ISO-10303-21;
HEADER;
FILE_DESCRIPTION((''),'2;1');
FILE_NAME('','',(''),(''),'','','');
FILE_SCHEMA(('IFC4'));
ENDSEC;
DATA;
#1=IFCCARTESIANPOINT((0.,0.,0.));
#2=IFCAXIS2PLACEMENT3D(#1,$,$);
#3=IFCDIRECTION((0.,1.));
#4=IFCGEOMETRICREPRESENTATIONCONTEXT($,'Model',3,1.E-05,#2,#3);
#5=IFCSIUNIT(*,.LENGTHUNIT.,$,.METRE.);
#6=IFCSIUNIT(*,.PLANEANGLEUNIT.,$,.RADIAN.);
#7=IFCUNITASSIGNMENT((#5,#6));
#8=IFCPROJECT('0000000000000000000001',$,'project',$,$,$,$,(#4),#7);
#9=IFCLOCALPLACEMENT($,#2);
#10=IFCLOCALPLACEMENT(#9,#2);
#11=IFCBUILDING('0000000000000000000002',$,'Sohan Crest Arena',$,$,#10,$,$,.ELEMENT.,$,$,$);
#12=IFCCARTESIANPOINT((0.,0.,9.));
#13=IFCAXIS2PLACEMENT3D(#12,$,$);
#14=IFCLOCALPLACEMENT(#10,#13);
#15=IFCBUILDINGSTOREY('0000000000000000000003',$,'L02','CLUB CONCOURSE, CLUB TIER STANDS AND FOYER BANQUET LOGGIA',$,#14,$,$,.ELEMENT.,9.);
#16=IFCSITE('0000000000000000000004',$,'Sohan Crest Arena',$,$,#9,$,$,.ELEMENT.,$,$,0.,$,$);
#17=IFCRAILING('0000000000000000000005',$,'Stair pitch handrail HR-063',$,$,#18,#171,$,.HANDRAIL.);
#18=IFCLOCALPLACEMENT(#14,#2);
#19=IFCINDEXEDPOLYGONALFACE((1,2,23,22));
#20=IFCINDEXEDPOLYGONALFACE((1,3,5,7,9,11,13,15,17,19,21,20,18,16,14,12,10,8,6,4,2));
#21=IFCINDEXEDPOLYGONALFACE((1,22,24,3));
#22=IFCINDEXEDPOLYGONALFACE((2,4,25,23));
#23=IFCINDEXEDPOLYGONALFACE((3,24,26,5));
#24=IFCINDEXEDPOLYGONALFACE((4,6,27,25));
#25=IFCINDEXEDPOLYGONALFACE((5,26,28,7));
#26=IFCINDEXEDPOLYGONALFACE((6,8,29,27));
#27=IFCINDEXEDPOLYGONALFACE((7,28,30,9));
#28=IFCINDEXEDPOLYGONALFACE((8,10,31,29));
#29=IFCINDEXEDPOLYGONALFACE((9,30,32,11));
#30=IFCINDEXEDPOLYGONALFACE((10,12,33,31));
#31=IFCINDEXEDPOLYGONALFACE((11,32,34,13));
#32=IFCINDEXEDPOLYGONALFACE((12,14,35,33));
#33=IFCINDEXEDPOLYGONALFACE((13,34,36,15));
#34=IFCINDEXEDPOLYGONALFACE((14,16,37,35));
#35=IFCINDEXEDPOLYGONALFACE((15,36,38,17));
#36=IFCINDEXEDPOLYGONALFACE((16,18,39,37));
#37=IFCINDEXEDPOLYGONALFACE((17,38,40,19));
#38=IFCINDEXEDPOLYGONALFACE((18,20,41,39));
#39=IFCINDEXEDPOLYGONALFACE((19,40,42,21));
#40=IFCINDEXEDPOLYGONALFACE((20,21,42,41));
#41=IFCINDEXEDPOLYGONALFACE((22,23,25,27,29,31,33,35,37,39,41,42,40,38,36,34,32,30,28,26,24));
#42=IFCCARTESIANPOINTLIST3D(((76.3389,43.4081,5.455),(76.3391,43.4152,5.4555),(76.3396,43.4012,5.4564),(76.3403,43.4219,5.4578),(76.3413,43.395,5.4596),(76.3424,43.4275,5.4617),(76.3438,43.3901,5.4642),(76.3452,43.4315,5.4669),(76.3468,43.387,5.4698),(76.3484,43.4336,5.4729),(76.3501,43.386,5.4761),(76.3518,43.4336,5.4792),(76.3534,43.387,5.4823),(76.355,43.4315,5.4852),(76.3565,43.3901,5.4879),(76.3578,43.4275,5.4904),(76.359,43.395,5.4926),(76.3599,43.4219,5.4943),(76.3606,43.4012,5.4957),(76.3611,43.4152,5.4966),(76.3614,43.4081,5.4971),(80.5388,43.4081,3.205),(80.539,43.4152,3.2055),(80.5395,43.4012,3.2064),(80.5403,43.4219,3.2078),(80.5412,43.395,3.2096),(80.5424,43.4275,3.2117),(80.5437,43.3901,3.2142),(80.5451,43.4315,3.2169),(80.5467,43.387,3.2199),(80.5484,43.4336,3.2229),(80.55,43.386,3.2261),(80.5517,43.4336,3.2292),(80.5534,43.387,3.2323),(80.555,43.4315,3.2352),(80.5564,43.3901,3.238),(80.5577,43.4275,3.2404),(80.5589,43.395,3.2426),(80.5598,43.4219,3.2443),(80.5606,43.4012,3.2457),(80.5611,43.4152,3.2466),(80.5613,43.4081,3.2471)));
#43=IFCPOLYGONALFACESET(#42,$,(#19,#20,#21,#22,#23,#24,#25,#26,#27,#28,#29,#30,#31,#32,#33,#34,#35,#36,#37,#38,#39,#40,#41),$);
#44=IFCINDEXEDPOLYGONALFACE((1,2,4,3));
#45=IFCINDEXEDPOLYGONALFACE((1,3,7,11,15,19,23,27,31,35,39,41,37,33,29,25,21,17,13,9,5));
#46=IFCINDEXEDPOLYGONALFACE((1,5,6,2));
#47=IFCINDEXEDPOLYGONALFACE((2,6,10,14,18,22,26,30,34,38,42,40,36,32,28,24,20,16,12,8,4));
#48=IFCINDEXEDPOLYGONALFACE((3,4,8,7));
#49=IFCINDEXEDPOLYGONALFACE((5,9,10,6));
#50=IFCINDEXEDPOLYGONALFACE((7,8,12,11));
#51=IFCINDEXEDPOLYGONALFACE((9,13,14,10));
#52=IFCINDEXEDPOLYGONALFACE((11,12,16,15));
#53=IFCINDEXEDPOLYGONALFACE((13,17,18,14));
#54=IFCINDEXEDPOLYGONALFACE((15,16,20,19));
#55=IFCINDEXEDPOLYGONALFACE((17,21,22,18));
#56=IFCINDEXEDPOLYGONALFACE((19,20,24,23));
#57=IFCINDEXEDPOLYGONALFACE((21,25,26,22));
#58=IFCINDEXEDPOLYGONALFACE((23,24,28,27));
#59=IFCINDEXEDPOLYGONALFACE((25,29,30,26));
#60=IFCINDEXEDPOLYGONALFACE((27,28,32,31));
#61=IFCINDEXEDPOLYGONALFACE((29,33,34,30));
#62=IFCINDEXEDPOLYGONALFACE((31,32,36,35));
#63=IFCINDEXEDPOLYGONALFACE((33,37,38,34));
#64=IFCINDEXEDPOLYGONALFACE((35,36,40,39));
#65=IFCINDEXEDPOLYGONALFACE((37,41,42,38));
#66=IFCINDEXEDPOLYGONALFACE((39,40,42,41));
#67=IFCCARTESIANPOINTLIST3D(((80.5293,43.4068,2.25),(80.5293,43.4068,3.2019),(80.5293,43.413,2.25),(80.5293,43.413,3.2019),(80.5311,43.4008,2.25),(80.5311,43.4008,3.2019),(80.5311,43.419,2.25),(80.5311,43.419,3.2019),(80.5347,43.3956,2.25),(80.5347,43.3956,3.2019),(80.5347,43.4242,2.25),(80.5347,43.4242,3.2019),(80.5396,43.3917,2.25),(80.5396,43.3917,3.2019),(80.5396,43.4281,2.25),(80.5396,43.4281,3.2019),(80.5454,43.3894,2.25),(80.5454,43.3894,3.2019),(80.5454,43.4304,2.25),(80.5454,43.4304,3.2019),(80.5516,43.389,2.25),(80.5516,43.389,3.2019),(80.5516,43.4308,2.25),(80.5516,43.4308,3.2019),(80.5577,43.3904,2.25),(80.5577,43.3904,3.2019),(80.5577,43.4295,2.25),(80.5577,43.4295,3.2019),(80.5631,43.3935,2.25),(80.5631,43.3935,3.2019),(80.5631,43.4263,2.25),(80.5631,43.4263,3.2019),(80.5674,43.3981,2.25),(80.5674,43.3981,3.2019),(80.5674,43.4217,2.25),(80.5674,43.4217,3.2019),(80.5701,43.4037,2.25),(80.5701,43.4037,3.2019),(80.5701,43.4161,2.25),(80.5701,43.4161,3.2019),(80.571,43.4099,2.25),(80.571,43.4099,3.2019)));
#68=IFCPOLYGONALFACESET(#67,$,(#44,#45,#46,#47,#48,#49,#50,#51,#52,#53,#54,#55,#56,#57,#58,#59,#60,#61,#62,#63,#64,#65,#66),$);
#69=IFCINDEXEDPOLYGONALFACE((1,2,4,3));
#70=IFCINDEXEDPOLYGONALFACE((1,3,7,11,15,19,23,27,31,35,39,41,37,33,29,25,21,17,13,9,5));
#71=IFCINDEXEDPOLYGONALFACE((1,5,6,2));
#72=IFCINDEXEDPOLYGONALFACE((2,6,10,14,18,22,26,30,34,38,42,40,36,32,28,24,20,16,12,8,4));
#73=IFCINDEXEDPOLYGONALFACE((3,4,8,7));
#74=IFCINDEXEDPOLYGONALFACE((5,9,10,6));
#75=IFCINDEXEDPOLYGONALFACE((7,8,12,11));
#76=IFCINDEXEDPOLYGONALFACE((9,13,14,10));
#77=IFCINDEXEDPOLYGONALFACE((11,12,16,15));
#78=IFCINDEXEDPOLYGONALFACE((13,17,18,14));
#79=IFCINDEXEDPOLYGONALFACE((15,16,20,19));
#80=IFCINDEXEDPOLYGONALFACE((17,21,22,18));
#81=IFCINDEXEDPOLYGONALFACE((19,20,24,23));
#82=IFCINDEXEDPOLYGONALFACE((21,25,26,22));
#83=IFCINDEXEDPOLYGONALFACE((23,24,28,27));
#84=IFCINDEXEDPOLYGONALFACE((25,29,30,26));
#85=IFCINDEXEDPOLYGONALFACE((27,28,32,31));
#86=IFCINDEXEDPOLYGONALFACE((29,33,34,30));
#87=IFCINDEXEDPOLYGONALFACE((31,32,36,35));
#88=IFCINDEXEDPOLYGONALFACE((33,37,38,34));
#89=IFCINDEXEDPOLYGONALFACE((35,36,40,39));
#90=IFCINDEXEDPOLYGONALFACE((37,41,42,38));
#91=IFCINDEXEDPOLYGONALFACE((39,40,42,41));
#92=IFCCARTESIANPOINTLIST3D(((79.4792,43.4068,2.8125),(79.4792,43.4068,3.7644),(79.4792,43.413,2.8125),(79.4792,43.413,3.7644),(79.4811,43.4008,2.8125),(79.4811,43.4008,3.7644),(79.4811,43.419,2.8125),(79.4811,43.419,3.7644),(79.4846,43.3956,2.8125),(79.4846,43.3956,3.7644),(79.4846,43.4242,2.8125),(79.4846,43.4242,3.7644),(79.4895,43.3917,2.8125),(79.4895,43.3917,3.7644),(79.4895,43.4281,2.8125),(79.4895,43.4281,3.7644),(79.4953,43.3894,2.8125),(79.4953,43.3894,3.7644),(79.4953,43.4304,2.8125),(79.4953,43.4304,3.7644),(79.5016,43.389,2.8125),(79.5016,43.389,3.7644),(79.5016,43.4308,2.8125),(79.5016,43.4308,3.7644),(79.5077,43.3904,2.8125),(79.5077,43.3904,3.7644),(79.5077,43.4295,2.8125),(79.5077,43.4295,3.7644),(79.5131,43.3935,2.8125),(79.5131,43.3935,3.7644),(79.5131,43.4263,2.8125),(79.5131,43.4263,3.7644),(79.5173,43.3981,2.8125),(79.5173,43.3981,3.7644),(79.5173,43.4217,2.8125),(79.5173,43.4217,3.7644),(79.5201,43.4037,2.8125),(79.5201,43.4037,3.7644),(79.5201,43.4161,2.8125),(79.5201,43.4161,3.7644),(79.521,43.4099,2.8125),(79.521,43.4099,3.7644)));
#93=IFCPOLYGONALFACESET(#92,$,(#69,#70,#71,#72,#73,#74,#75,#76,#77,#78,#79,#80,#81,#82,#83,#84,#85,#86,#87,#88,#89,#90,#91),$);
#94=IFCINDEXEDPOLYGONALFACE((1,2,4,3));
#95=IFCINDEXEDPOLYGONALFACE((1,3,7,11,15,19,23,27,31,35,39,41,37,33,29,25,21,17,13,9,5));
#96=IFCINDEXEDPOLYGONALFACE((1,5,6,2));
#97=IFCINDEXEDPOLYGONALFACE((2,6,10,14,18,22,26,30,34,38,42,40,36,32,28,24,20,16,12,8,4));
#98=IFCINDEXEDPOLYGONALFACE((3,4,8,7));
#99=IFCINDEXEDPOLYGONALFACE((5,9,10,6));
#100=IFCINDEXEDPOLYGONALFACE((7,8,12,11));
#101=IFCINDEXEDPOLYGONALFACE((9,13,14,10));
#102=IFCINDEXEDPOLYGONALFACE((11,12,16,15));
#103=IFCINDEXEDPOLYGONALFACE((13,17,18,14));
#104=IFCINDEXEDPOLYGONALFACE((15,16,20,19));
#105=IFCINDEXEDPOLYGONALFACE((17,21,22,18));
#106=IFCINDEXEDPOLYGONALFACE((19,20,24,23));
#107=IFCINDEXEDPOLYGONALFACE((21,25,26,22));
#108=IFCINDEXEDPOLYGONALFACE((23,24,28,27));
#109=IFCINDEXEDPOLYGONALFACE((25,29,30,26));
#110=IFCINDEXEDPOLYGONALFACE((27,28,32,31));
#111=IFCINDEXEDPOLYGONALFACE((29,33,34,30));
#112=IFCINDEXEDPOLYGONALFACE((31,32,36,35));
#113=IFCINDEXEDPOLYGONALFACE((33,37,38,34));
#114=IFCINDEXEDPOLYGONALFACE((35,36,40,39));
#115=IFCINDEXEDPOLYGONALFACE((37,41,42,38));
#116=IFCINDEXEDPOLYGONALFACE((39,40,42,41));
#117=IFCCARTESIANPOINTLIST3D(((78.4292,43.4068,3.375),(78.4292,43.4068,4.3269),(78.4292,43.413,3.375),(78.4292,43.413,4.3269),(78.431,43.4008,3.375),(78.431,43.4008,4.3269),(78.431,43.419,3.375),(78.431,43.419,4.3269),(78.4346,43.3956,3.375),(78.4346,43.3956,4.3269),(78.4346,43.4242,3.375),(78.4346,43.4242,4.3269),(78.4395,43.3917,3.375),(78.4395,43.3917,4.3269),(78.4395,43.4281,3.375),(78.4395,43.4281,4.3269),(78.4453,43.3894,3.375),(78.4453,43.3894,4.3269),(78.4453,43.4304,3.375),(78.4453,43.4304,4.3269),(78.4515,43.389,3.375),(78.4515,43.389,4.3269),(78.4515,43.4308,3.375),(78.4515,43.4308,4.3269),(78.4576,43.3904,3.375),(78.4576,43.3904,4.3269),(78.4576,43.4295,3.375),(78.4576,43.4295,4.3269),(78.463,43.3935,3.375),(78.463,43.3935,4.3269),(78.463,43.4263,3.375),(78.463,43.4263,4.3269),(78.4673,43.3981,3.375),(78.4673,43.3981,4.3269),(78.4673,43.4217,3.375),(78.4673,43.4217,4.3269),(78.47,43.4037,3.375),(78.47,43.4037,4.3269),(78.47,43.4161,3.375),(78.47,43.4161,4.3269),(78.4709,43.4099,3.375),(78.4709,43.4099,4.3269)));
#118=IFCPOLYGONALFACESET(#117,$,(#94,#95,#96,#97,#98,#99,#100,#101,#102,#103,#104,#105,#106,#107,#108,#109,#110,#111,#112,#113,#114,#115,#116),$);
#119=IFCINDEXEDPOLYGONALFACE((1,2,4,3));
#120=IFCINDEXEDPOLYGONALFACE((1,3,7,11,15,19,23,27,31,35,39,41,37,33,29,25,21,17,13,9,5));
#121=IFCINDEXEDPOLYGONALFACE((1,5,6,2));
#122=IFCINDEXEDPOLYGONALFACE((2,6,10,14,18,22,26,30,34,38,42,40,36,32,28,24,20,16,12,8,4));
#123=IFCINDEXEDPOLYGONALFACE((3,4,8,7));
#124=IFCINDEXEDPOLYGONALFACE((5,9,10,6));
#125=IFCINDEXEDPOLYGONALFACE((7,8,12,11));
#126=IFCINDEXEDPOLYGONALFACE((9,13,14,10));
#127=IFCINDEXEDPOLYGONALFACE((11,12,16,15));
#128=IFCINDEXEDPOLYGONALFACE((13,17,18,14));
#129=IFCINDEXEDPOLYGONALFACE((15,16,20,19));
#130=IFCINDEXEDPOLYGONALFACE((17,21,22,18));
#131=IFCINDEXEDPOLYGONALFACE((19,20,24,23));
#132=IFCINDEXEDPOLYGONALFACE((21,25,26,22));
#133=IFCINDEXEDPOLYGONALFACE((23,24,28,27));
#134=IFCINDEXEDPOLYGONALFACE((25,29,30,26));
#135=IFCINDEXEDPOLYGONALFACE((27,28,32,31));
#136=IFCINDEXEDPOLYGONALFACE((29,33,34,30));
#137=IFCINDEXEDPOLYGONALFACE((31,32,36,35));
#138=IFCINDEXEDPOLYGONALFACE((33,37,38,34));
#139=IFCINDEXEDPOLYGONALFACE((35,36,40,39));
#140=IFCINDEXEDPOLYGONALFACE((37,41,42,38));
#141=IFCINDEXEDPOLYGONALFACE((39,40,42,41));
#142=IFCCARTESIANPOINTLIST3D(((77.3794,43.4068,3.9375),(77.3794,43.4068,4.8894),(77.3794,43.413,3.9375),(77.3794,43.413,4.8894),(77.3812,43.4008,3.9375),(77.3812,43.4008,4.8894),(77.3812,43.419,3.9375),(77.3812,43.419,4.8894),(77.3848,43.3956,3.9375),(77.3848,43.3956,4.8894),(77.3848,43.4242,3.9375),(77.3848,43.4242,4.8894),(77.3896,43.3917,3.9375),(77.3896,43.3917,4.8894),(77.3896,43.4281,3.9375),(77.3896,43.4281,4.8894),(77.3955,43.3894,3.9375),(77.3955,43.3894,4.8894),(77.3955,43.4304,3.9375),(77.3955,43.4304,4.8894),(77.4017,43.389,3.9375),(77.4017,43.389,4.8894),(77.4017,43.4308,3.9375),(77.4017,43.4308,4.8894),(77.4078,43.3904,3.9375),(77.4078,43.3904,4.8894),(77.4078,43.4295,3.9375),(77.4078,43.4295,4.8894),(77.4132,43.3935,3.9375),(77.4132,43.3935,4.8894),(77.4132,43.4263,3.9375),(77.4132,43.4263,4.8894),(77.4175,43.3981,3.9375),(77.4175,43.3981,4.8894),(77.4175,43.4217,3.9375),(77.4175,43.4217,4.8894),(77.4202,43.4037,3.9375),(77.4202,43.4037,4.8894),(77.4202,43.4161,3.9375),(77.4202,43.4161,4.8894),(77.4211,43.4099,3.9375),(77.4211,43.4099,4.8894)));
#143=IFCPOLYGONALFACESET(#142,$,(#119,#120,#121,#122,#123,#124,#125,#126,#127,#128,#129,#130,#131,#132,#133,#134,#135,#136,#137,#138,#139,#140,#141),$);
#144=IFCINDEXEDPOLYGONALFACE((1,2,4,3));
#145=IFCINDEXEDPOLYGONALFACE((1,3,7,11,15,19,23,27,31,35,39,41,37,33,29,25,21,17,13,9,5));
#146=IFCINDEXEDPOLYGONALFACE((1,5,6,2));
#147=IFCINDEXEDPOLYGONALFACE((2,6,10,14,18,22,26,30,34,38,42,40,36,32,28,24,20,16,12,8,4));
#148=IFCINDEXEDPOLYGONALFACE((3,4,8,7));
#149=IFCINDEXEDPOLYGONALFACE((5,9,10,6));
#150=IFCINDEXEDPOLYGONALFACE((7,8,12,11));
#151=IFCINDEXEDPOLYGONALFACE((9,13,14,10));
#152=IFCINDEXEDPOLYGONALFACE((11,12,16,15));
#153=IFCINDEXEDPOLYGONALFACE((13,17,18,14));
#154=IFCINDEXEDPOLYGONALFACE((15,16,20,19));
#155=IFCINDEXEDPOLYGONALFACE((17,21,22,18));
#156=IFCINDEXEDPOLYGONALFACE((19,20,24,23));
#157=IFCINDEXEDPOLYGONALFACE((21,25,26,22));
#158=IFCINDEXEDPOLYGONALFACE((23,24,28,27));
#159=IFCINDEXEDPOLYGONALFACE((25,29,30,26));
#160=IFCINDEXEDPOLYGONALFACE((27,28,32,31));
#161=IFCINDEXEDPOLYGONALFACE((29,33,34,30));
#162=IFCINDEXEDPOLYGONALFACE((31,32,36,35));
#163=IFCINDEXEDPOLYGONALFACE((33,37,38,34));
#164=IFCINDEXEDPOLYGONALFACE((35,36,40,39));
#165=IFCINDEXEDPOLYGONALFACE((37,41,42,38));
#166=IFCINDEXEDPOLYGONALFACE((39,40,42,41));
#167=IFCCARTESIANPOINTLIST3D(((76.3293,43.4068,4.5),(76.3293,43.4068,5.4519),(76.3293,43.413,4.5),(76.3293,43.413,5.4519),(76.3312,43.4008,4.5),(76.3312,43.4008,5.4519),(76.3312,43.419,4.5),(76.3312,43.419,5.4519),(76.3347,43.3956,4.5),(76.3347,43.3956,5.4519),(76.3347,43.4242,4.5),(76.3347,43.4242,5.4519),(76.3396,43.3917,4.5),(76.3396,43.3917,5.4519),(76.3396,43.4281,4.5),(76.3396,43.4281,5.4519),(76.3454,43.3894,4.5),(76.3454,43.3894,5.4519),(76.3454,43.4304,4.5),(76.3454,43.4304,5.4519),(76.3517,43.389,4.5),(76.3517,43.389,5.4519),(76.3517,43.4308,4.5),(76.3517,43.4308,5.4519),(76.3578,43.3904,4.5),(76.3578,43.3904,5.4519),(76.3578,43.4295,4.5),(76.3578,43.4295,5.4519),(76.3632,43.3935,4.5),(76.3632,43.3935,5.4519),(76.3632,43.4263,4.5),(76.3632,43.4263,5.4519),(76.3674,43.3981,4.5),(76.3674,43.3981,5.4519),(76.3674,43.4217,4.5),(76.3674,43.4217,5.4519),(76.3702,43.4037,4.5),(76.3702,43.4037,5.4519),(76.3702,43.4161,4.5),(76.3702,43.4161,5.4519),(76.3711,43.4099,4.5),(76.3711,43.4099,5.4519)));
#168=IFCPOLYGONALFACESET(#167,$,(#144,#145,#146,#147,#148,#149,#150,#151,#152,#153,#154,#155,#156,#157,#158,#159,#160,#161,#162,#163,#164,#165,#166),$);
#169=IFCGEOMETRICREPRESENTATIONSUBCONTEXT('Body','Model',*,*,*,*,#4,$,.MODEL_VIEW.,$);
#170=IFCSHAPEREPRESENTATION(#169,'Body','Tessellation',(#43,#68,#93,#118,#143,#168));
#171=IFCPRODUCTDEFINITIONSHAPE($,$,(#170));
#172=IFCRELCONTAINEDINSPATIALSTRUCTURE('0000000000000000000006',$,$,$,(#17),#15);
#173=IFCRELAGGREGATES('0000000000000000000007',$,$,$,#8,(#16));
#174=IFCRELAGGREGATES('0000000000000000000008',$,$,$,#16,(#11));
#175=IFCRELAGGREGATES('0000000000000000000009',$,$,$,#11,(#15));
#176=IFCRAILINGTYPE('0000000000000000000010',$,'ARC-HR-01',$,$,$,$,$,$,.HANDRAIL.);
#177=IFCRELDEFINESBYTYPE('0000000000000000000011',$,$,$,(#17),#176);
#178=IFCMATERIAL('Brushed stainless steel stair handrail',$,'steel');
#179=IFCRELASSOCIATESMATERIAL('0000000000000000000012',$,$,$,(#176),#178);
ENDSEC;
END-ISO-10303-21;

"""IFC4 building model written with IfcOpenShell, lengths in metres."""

from ifc_helpers import new_model, si_unit, direction, frame, origin, origin_2d, place, context, subcontext, project, spatial, circle, extrude, material, type_object, element, save


model = new_model("IFC4")

# Units and contexts
model_context = context("Model", 3, precision=1e-05, world=origin(), true_north=direction((0.0, 1.0)))
body_context = subcontext(model_context, "Body", "Model", "MODEL_VIEW")
ifc_project = project(units=[si_unit("LENGTHUNIT", "METRE"), si_unit("PLANEANGLEUNIT", "RADIAN")], contexts=[model_context])

# Site, building, storey
site_placement = place(None, origin())
site = spatial("IfcSite", under=ifc_project, at=site_placement, Name="Sohan Crest Arena", CompositionType="ELEMENT", RefElevation=0.0)
building_placement = place(site_placement, origin())
building = spatial("IfcBuilding", under=site, at=building_placement, Name="Sohan Crest Arena", CompositionType="ELEMENT")
storey_placement = place(building_placement, frame((0.0, 0.0, 9.0)))
storey = spatial("IfcBuildingStorey", under=building, at=storey_placement, Name="L02", Description="CLUB CONCOURSE, CLUB TIER STANDS AND FOYER BANQUET LOGGIA", CompositionType="ELEMENT", Elevation=9.0)

# Railing
ifc_material_1 = material(Name="Brushed stainless steel stair handrail", Category="steel")
railing_type_1 = type_object("IfcRailingType", Name="ARC-HR-01", PredefinedType="HANDRAIL", material=ifc_material_1)
railing_1_placement = place(storey_placement, frame((80.55, 43.4099, 2.25)))
element("IfcRailing", 1, at=railing_1_placement, inside=storey, type_object=railing_type_1, Name="Stair pitch handrail HR-063", PredefinedType="HANDRAIL", context=body_context, shape_type="SweptSolid", body=[
    extrude(circle(Radius=0.0239, at=origin_2d()), frame((0.0, 0.0, 0.9761), z_axis=(-0.881478, 0.0, 0.472226), x_axis=(0.0, -1.0, 0.0)), (0.0, 0.0, 1.0), 4.7646),
    extrude(circle(Radius=0.021, at=origin_2d()), origin(), (0.0, 0.0, 1.0), 0.9519),
    extrude(circle(Radius=0.021, at=origin_2d()), frame((-1.05, 0.0, 0.5625)), (0.0, 0.0, 1.0), 0.9519),
    extrude(circle(Radius=0.021, at=origin_2d()), frame((-2.1001, 0.0, 1.125)), (0.0, 0.0, 1.0), 0.9519),
    extrude(circle(Radius=0.021, at=origin_2d()), frame((-3.1499, 0.0, 1.6875)), (0.0, 0.0, 1.0), 0.9519),
    extrude(circle(Radius=0.021, at=origin_2d()), frame((-4.2, 0.0, 2.25)), (0.0, 0.0, 1.0), 0.9519),
])

save(model, "model.ifc")
